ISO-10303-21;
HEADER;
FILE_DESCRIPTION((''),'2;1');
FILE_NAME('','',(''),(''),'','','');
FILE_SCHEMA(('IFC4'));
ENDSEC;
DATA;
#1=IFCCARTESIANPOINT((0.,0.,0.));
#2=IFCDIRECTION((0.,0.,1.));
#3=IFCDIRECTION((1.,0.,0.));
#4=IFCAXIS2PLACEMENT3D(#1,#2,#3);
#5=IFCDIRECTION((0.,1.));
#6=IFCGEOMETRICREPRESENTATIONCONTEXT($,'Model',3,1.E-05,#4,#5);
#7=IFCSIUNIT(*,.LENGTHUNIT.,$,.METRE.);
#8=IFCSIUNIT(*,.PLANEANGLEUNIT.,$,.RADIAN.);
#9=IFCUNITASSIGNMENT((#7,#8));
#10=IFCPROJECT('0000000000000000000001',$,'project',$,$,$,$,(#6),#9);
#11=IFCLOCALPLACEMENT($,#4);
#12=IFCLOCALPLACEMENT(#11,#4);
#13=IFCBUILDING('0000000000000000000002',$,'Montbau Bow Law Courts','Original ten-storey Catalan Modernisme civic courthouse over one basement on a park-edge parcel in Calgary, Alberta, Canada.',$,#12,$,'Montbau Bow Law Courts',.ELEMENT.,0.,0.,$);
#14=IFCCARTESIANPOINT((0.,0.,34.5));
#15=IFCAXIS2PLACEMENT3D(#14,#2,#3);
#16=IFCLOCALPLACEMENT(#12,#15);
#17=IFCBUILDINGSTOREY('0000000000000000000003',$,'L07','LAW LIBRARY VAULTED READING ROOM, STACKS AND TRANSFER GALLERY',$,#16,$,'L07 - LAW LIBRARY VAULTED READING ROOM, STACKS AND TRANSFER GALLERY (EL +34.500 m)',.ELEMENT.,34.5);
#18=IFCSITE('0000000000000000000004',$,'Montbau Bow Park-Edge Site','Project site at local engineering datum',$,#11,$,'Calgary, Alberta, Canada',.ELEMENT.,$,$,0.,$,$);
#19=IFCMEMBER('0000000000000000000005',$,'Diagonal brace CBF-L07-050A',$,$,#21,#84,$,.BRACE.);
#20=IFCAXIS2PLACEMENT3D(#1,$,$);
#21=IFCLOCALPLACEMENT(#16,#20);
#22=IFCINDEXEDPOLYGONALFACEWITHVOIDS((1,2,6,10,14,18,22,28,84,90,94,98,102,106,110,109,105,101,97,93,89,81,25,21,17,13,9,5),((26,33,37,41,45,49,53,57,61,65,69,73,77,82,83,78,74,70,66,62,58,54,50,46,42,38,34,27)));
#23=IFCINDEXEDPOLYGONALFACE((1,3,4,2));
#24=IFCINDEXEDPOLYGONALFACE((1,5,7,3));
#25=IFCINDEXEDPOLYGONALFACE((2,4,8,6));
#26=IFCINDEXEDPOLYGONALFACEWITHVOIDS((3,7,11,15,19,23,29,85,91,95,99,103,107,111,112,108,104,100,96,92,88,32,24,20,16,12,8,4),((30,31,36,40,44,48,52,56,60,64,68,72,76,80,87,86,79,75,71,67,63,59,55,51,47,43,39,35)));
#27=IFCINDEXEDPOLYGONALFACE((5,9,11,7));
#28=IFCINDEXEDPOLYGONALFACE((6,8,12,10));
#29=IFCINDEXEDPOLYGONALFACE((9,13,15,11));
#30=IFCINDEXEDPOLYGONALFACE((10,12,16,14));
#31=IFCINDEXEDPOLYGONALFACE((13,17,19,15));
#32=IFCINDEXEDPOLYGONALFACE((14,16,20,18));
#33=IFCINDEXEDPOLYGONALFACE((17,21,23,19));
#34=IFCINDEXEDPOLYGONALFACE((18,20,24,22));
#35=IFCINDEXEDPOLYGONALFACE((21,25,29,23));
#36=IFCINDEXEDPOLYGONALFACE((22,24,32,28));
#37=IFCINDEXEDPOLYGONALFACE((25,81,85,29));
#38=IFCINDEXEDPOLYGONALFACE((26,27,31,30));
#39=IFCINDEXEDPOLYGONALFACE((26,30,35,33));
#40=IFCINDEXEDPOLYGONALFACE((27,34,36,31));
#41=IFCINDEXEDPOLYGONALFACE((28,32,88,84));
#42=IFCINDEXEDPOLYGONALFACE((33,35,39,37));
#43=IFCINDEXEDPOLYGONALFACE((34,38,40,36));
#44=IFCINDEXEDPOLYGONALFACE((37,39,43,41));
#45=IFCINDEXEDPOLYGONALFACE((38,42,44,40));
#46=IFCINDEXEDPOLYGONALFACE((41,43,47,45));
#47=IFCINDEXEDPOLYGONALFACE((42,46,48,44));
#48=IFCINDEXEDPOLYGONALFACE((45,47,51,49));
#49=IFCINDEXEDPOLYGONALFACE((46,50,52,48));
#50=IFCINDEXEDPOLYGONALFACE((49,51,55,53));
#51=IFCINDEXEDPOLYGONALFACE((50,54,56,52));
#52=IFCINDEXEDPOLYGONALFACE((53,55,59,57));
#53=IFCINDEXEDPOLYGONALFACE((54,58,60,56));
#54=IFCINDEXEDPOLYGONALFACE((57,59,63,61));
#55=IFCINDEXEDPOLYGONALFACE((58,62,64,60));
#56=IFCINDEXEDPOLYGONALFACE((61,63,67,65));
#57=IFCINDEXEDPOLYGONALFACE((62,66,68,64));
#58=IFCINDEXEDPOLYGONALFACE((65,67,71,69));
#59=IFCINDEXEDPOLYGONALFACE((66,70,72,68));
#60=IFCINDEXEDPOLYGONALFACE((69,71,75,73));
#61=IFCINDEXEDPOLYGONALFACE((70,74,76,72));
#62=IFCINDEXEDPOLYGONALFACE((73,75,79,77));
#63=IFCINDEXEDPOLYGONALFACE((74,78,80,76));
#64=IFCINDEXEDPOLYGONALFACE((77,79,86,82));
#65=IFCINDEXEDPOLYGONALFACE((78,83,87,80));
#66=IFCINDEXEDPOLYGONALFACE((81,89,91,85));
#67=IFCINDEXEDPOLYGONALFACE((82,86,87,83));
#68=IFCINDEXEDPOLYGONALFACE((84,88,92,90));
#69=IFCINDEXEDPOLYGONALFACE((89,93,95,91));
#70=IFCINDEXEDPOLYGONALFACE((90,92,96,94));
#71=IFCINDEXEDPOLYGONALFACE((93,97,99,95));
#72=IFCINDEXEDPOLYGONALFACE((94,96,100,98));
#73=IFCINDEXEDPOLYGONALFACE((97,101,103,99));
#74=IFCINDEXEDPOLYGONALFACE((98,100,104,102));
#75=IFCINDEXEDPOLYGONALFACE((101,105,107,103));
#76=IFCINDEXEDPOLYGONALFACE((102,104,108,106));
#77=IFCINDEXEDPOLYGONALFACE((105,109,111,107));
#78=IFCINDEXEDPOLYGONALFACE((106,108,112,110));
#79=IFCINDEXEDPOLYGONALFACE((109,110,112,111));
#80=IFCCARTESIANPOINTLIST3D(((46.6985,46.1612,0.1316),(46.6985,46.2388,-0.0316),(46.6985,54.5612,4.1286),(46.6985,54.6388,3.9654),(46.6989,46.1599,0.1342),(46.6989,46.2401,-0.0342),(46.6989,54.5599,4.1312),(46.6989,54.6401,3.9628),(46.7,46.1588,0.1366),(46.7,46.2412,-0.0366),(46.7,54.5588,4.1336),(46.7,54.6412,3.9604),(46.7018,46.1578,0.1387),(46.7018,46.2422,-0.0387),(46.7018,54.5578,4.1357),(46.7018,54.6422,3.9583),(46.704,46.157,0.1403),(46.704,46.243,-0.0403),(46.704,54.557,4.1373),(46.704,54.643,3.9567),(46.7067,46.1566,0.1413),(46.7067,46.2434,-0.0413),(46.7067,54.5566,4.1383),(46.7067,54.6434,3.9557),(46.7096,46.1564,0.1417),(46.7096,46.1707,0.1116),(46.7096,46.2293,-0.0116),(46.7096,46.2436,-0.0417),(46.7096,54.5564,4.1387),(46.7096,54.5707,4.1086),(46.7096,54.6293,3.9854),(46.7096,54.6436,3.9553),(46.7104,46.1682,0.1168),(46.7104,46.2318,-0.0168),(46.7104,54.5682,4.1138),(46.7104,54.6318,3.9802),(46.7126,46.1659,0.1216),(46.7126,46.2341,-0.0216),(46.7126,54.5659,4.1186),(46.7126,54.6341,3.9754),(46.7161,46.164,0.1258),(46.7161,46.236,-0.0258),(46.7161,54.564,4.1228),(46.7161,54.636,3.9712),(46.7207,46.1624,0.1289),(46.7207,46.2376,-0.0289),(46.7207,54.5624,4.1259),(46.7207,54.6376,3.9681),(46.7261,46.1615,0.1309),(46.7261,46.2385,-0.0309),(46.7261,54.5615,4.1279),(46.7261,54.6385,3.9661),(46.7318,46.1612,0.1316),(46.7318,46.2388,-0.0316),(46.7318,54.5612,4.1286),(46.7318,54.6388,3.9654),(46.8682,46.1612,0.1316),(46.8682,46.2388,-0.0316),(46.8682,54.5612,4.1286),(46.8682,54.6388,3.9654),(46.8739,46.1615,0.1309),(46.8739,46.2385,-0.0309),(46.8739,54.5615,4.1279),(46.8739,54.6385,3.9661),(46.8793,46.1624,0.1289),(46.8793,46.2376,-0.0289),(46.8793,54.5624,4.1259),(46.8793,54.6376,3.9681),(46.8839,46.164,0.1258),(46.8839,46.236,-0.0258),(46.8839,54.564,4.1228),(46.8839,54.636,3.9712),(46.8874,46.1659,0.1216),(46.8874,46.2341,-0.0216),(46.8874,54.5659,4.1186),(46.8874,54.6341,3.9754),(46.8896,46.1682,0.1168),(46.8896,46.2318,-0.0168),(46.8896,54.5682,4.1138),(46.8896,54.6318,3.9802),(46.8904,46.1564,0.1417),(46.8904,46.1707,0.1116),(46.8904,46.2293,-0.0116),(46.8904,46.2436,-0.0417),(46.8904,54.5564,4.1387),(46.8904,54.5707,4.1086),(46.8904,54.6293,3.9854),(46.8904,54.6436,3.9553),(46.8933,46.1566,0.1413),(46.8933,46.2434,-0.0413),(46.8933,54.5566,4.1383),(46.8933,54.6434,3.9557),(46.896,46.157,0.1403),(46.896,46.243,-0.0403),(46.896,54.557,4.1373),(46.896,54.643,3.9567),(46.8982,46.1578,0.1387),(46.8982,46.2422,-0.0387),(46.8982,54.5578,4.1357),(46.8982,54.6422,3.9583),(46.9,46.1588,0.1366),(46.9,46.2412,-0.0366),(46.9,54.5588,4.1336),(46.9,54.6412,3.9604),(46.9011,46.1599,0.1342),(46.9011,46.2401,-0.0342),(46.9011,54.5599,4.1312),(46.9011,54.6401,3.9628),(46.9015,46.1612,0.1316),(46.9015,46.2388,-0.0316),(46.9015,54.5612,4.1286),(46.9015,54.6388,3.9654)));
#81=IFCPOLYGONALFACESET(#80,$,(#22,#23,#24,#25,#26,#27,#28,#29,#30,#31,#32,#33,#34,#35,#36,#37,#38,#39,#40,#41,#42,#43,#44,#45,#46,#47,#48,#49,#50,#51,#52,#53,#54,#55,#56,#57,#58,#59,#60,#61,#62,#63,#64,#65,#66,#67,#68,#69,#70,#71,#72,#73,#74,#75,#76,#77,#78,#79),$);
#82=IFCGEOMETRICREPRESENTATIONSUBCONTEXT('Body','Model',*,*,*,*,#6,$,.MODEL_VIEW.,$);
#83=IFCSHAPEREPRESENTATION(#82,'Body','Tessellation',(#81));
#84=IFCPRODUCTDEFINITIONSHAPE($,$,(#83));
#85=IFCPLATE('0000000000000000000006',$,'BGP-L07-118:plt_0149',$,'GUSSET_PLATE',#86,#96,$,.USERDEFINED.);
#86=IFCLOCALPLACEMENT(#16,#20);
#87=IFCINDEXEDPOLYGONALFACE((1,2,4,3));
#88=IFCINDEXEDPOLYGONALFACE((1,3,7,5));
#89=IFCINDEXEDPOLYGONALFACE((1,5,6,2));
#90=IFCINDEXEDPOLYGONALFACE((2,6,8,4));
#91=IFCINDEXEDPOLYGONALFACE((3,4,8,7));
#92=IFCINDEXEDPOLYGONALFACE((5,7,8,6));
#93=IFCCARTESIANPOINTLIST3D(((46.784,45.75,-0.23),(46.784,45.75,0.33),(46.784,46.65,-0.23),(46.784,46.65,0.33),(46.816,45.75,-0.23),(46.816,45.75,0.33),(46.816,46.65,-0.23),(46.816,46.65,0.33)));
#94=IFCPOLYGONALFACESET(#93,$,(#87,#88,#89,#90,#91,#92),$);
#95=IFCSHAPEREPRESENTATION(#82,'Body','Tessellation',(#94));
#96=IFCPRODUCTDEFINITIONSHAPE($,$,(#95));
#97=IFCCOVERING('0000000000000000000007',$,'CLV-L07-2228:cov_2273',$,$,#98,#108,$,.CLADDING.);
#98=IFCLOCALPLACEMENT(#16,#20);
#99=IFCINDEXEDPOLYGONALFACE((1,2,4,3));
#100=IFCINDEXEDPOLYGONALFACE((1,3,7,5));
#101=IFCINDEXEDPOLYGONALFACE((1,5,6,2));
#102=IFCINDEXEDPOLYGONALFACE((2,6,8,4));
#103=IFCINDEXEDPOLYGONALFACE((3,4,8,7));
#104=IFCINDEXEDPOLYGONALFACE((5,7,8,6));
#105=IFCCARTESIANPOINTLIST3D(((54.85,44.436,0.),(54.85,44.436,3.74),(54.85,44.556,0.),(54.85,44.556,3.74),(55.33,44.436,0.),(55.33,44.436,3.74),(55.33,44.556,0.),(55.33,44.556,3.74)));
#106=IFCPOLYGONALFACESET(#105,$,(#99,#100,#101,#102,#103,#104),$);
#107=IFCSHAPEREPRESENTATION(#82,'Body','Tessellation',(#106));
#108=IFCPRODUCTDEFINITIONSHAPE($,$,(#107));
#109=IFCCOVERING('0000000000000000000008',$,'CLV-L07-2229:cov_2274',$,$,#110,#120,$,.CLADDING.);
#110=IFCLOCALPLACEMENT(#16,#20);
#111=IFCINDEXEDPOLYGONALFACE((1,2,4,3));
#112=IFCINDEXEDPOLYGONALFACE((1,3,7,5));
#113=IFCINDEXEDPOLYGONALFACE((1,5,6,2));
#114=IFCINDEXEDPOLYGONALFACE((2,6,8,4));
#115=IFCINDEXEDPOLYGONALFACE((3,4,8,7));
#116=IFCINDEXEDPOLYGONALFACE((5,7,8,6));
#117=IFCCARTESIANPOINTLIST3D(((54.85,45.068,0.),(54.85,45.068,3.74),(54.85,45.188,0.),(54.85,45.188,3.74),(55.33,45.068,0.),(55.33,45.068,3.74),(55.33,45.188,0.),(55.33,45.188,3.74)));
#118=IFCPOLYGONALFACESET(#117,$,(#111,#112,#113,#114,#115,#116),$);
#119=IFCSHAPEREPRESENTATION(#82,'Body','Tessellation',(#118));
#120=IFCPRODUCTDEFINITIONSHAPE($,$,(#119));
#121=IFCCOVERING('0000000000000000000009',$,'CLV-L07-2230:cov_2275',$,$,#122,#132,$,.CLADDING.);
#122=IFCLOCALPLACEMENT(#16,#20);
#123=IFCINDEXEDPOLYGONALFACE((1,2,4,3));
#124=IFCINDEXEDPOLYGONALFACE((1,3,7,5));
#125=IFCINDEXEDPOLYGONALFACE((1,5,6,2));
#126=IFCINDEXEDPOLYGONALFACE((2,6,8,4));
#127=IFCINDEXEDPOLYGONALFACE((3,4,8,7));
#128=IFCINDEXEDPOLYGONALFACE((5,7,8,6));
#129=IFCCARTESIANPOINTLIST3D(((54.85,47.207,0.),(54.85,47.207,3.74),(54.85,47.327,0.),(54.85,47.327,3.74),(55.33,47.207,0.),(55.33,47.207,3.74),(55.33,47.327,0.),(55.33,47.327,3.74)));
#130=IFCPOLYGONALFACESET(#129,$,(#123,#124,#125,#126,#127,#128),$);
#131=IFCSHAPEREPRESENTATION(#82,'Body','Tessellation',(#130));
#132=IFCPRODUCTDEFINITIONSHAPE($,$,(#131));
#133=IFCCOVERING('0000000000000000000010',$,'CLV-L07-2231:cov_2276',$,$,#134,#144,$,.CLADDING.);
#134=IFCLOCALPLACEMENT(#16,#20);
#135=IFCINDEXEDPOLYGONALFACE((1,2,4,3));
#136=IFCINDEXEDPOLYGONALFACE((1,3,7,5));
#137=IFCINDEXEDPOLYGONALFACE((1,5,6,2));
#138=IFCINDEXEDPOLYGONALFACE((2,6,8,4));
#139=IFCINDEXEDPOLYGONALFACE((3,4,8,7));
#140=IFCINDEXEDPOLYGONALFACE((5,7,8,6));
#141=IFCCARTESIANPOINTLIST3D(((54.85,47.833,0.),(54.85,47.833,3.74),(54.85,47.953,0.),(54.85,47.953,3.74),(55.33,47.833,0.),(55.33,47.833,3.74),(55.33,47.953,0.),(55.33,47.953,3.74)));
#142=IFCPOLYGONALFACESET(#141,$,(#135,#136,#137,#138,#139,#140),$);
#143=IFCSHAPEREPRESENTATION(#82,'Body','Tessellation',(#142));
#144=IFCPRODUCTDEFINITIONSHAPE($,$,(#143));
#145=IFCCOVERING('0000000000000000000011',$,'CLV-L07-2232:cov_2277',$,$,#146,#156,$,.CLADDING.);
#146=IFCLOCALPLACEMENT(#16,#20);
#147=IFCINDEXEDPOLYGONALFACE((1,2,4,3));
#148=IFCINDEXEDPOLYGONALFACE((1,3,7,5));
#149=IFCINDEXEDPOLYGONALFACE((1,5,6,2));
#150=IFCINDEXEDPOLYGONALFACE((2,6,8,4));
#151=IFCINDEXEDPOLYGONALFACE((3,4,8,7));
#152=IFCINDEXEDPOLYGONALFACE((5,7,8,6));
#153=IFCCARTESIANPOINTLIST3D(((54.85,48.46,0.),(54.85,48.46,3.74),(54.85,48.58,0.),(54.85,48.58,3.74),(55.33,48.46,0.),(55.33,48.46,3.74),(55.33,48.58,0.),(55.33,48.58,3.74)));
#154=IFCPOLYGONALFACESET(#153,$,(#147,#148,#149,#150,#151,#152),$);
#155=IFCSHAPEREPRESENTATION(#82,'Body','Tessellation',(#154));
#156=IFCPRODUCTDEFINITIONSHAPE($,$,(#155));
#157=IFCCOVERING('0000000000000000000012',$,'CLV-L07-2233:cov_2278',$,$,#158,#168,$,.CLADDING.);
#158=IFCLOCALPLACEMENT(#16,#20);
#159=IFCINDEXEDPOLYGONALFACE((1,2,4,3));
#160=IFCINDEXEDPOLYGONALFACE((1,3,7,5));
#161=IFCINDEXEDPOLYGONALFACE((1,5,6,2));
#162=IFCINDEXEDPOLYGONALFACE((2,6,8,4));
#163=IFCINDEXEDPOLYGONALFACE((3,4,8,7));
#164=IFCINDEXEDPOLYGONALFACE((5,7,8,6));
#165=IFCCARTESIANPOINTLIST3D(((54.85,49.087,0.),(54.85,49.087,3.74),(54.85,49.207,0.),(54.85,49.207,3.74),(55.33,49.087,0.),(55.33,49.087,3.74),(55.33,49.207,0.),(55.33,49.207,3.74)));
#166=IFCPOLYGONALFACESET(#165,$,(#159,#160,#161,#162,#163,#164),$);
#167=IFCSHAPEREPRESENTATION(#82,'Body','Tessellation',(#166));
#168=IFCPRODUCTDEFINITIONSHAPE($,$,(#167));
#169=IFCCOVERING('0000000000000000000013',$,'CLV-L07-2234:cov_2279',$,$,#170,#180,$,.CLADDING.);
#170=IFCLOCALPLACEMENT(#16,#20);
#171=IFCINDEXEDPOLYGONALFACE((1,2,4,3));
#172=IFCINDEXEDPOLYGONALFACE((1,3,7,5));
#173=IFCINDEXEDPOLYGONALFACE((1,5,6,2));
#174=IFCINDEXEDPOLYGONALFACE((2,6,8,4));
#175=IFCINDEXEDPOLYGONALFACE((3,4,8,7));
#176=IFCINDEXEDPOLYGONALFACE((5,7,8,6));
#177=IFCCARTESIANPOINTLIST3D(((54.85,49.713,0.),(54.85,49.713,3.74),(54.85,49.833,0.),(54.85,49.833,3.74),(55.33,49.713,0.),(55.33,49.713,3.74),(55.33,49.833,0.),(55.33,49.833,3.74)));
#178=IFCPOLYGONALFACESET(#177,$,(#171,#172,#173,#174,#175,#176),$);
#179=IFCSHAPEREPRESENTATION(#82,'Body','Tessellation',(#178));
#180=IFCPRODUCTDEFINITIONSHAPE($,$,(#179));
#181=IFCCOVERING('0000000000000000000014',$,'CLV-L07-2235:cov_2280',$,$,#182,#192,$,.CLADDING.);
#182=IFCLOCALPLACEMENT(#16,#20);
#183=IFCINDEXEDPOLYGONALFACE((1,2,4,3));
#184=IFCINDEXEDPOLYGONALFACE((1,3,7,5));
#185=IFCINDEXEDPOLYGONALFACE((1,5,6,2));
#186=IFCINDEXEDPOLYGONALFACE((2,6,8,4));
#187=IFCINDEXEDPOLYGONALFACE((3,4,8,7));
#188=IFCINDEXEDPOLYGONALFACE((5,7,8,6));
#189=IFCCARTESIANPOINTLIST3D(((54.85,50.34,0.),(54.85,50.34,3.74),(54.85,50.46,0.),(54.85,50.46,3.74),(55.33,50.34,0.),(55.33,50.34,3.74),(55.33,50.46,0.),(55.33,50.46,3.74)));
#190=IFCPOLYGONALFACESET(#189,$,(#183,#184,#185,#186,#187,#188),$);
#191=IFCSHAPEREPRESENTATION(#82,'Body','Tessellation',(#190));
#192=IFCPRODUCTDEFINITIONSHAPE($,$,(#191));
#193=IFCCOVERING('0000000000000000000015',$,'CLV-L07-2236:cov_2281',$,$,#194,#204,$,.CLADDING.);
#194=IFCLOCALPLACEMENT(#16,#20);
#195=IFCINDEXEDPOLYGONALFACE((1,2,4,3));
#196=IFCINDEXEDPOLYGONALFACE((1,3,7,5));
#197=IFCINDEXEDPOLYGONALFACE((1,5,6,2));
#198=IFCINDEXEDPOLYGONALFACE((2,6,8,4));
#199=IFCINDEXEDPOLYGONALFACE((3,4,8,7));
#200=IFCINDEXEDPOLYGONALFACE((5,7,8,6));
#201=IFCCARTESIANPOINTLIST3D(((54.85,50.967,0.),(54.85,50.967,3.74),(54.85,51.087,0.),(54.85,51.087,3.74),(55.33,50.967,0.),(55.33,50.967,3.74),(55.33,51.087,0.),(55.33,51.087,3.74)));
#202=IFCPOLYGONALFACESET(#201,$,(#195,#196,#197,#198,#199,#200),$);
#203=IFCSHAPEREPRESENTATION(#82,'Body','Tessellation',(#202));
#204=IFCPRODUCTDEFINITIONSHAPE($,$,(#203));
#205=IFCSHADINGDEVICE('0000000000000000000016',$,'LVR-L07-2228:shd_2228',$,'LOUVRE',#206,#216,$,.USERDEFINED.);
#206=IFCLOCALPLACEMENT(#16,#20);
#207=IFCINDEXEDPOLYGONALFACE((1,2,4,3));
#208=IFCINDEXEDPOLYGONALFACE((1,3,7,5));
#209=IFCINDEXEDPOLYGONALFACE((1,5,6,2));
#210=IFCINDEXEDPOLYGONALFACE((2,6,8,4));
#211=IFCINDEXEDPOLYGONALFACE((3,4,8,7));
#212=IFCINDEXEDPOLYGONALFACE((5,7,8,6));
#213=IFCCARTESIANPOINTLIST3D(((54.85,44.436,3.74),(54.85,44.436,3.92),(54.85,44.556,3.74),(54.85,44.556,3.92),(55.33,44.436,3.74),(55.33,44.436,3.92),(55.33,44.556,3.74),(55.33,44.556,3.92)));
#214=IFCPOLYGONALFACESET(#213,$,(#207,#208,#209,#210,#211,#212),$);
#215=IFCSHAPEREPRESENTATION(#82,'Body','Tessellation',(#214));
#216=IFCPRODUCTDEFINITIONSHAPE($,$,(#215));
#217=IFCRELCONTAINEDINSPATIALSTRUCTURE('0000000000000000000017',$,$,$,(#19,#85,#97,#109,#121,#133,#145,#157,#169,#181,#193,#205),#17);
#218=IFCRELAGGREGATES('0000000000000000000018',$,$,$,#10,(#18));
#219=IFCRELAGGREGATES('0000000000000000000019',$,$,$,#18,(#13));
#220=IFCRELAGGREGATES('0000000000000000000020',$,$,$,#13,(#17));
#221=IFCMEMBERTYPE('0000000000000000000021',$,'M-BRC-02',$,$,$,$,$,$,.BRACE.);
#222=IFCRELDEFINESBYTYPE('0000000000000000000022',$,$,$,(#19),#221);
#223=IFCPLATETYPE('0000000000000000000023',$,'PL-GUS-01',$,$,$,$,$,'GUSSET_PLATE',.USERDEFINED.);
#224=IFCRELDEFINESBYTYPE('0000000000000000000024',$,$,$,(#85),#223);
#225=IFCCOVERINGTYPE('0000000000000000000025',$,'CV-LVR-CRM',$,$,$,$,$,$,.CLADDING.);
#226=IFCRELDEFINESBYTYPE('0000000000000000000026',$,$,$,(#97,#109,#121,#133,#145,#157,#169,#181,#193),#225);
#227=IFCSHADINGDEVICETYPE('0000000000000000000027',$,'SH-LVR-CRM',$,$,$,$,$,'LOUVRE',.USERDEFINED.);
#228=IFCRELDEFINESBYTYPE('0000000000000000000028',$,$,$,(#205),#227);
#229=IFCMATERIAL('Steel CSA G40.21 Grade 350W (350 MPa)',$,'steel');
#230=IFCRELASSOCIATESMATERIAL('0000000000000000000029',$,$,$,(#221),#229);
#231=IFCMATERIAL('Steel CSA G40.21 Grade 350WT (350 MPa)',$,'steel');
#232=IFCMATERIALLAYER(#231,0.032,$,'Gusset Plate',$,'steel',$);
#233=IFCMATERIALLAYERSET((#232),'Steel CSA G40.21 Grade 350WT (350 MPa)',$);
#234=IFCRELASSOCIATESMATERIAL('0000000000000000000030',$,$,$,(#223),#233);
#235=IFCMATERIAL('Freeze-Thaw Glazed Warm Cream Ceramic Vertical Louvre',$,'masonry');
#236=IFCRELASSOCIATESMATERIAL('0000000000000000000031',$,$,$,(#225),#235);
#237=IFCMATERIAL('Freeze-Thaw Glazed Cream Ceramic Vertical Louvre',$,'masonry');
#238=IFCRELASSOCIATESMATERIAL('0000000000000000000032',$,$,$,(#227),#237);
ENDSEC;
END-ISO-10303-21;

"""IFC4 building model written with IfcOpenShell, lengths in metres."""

from ifc_helpers import new_model, si_unit, direction, frame, frame_2d, origin_with_axes, origin_2d_with_axis, place, context, subcontext, project, spatial, rectangle, hollow_rectangle, extrude, material, layer, layer_set, material_profile, profile_set, type_object, element, save


model = new_model("IFC4")

# Units and contexts
model_context = context("Model", 3, precision=1e-05, world=origin_with_axes(), true_north=direction((0.0, 1.0)))
body_context = subcontext(model_context, "Body", "Model", "MODEL_VIEW")
ifc_project = project(units=[si_unit("LENGTHUNIT", "METRE"), si_unit("PLANEANGLEUNIT", "RADIAN")], contexts=[model_context])

# Site, building, storey
site_placement = place(None, origin_with_axes())
site = spatial("IfcSite", under=ifc_project, at=site_placement, Name="Montbau Bow Park-Edge Site", Description="Project site at local engineering datum", LongName="Calgary, Alberta, Canada", CompositionType="ELEMENT", RefElevation=0.0)
building_placement = place(site_placement, origin_with_axes())
building = spatial("IfcBuilding", under=site, at=building_placement, Name="Montbau Bow Law Courts", Description="Original ten-storey Catalan Modernisme civic courthouse over one basement on a park-edge parcel in Calgary, Alberta, Canada.", LongName="Montbau Bow Law Courts", CompositionType="ELEMENT", ElevationOfRefHeight=0.0, ElevationOfTerrain=0.0)
storey_placement = place(building_placement, frame((0.0, 0.0, 34.5), z_axis=(0.0, 0.0, 1.0), x_axis=(1.0, 0.0, 0.0)))
storey = spatial("IfcBuildingStorey", under=building, at=storey_placement, Name="L07", Description="LAW LIBRARY VAULTED READING ROOM, STACKS AND TRANSFER GALLERY", LongName="L07 - LAW LIBRARY VAULTED READING ROOM, STACKS AND TRANSFER GALLERY (EL +34.500 m)", CompositionType="ELEMENT", Elevation=34.5)

# Shared definitions
ifc_material_1 = material(Name="Steel CSA G40.21 Grade 350W (350 MPa)", Category="steel")
ifc_material_2 = material(Name="Steel CSA G40.21 Grade 350WT (350 MPa)", Category="steel")

# Member
ifc_material_profile_1 = material_profile(ifc_material_1, hollow_rectangle(XDim=0.203, YDim=0.203, WallThickness=0.0111, InnerFilletRadius=0.0222, OuterFilletRadius=0.0111, at=origin_2d_with_axis()), Name="HSS203X203X11", Category="Main", Priority=0)
ifc_profile_set_1 = profile_set([ifc_material_profile_1], Name="Steel CSA G40.21 Grade 350W (350 MPa)")
member_type = type_object("IfcMemberType", Name="M-BRC-02", PredefinedType="BRACE", material=ifc_profile_set_1)
member_placement = place(None, frame((46.8, 46.2, 34.55), z_axis=(0.0, 0.902986, 0.429671), x_axis=(-1.0, 0.0, 0.0)))
element("IfcMember", 1, at=member_placement, inside=storey, type_object=member_type, Name="Diagonal brace CBF-L07-050A", PredefinedType="BRACE", context=body_context, shape_type="SweptSolid", body=[
    extrude(hollow_rectangle(XDim=0.203, YDim=0.203, WallThickness=0.0111, InnerFilletRadius=0.0222, OuterFilletRadius=0.0111, at=origin_2d_with_axis()), origin_with_axes(), (0.0, 0.0, 1.0), 9.3025),
])

# Plate
ifc_layer = layer(ifc_material_2, 0.032, Name="Gusset Plate", Category="steel")
ifc_layer_set = layer_set([ifc_layer], Name="Steel CSA G40.21 Grade 350WT (350 MPa)")
plate_type = type_object("IfcPlateType", Name="PL-GUS-01", ElementType="GUSSET_PLATE", PredefinedType="USERDEFINED", material=ifc_layer_set)
plate_placement = place(None, frame((46.8, 46.2, 34.27), z_axis=(0.0, 0.0, 1.0), x_axis=(0.0, 1.0, 0.0)))
element("IfcPlate", 2, at=plate_placement, inside=storey, type_object=plate_type, Name="BGP-L07-118:plt_0149", ObjectType="GUSSET_PLATE", PredefinedType="USERDEFINED", context=body_context, shape_type="SweptSolid", body=[
    extrude(rectangle(XDim=0.9, YDim=0.032, at=origin_2d_with_axis()), origin_with_axes(), (0.0, 0.0, 1.0), 0.56),
])

# Coverings
ifc_material_3 = material(Name="Freeze-Thaw Glazed Warm Cream Ceramic Vertical Louvre", Category="masonry")
covering_type = type_object("IfcCoveringType", Name="CV-LVR-CRM", PredefinedType="CLADDING", material=ifc_material_3)
for number, where, z_axis, x_axis, name in (
    (3, (55.33, 44.496, 34.5), (0.0, 1.0, 0.0), (-1.0, 0.0, 0.0), "CLV-L07-2228:cov_2273"),
    (4, (55.33, 45.128, 34.5), (0.0, 1.0, 0.0), (-1.0, 0.0, 0.0), "CLV-L07-2229:cov_2274"),
    (5, (55.33, 47.267, 34.5), (0.0, 1.0, 0.0), (-1.0, 0.0, 0.0), "CLV-L07-2230:cov_2275"),
    (6, (55.33, 47.893, 34.5), (0.0, 1.0, 0.0), (-1.0, 0.0, 0.0), "CLV-L07-2231:cov_2276"),
    (7, (55.33, 48.52, 34.5), (0.0, 1.0, 0.0), (-1.0, 0.0, 0.0), "CLV-L07-2232:cov_2277"),
    (8, (55.33, 49.147, 34.5), (0.0, 1.0, 0.0), (-1.0, 0.0, 0.0), "CLV-L07-2233:cov_2278"),
    (9, (55.33, 49.773, 34.5), (0.0, 1.0, 0.0), (-1.0, 0.0, 0.0), "CLV-L07-2234:cov_2279"),
    (10, (55.33, 50.4, 34.5), (0.0, 1.0, 0.0), (-1.0, 0.0, 0.0), "CLV-L07-2235:cov_2280"),
    (11, (55.33, 51.027, 34.5), (0.0, 1.0, 0.0), (-1.0, 0.0, 0.0), "CLV-L07-2236:cov_2281"),
):
    element("IfcCovering", number, at=place(None, frame(where, z_axis=z_axis, x_axis=x_axis)), inside=storey, type_object=covering_type, Name=name, PredefinedType="CLADDING", context=body_context, shape_type="SweptSolid", body=[
        extrude(rectangle(XDim=0.48, YDim=3.74, at=frame_2d((0.24, 1.87), x_axis=(1.0, 0.0))), frame((0.0, 0.0, -0.06), z_axis=(0.0, 0.0, 1.0), x_axis=(1.0, 0.0, 0.0)), (0.0, 0.0, 1.0), 0.12),
    ])

# Shading device
ifc_material_4 = material(Name="Freeze-Thaw Glazed Cream Ceramic Vertical Louvre", Category="masonry")
shading_device_type_1 = type_object("IfcShadingDeviceType", Name="SH-LVR-CRM", ElementType="LOUVRE", PredefinedType="USERDEFINED", material=ifc_material_4)
for number, where, z_axis, x_axis, name in (
    (12, (55.09, 44.496, 38.24), (0.0, 0.0, 1.0), (-1.0, 0.0, 0.0), "LVR-L07-2228:shd_2228"),
):
    element("IfcShadingDevice", number, at=place(None, frame(where, z_axis=z_axis, x_axis=x_axis)), inside=storey, type_object=shading_device_type_1, Name=name, ObjectType="LOUVRE", PredefinedType="USERDEFINED", context=body_context, shape_type="SweptSolid", body=[
        extrude(rectangle(XDim=0.48, YDim=0.12, at=origin_2d_with_axis()), origin_with_axes(), (0.0, 0.0, 1.0), 0.18),
    ])

save(model, "model.ifc")
